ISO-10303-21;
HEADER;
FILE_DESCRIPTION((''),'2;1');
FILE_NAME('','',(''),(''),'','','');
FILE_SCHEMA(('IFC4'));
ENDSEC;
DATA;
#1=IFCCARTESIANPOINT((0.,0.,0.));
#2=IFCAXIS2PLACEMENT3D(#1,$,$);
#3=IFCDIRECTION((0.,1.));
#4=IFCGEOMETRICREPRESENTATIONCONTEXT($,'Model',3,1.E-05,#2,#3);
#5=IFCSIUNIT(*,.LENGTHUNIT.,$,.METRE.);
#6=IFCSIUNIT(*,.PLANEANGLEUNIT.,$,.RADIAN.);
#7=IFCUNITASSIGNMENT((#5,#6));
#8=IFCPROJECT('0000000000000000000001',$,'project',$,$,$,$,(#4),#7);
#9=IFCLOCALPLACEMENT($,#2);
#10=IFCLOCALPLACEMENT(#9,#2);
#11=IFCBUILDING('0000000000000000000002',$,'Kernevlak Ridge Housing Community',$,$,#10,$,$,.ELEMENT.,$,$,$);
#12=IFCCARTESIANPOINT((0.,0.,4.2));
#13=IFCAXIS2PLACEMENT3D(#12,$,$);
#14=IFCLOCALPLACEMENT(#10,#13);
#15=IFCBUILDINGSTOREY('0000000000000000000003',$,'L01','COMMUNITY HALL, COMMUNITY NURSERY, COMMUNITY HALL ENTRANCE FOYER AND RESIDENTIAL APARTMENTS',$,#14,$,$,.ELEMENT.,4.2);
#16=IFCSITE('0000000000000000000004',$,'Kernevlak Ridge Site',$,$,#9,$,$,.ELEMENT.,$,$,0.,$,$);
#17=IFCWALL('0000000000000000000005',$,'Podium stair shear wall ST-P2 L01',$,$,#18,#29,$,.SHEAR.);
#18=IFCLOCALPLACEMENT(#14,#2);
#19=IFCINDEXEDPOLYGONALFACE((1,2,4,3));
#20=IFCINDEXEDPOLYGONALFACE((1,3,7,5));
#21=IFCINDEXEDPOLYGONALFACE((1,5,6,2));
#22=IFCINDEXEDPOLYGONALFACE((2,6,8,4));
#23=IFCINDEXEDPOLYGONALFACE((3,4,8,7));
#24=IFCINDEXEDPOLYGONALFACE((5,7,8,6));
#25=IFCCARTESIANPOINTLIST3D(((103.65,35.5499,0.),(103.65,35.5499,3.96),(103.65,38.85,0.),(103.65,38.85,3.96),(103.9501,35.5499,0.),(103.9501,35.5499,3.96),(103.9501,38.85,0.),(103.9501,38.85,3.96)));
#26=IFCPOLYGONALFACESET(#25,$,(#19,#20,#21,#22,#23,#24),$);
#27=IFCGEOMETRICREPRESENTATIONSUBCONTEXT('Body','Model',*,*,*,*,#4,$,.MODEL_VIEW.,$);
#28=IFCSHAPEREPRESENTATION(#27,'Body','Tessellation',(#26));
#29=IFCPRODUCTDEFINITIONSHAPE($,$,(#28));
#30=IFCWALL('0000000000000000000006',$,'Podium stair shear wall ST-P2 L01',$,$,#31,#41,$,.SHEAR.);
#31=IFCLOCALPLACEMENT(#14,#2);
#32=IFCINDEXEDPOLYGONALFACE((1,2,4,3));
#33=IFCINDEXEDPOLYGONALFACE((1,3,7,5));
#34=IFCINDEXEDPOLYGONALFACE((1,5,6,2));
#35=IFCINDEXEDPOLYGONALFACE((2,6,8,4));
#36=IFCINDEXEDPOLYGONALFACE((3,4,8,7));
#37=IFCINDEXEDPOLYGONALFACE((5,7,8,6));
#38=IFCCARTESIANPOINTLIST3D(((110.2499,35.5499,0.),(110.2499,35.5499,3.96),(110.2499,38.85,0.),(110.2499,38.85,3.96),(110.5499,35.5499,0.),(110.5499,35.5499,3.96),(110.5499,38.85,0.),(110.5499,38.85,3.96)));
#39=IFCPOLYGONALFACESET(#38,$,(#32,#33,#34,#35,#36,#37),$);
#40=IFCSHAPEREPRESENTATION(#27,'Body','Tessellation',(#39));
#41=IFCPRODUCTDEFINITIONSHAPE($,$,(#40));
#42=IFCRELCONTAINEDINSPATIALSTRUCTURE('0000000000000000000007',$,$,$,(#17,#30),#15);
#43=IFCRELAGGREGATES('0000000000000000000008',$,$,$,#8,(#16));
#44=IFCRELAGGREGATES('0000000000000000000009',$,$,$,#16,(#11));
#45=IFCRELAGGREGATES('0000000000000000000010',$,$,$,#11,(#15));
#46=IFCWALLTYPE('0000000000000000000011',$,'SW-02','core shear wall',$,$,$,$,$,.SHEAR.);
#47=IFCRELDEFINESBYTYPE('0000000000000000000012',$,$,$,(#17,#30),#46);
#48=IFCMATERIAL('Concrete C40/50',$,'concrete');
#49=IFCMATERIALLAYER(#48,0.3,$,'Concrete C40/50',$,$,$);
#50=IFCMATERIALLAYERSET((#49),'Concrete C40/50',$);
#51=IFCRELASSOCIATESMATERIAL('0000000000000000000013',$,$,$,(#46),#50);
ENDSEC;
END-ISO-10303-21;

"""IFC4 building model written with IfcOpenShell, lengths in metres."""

from ifc_helpers import new_model, si_unit, direction, frame, frame_2d, origin, place, context, subcontext, project, spatial, rectangle, extrude, material, layer, layer_set, type_object, element, save


model = new_model("IFC4")

# Units and contexts
model_context = context("Model", 3, precision=1e-05, world=origin(), true_north=direction((0.0, 1.0)))
body_context = subcontext(model_context, "Body", "Model", "MODEL_VIEW")
ifc_project = project(units=[si_unit("LENGTHUNIT", "METRE"), si_unit("PLANEANGLEUNIT", "RADIAN")], contexts=[model_context])

# Site, building, storey
site_placement = place(None, origin())
site = spatial("IfcSite", under=ifc_project, at=site_placement, Name="Kernevlak Ridge Site", CompositionType="ELEMENT", RefElevation=0.0)
building_placement = place(site_placement, origin())
building = spatial("IfcBuilding", under=site, at=building_placement, Name="Kernevlak Ridge Housing Community", CompositionType="ELEMENT")
storey_placement = place(building_placement, frame((0.0, 0.0, 4.2)))
storey = spatial("IfcBuildingStorey", under=building, at=storey_placement, Name="L01", Description="COMMUNITY HALL, COMMUNITY NURSERY, COMMUNITY HALL ENTRANCE FOYER AND RESIDENTIAL APARTMENTS", CompositionType="ELEMENT", Elevation=4.2)

# Shared definitions
ifc_material_1 = material(Name="Concrete C40/50", Category="concrete")

# Walls
ifc_layer_1 = layer(ifc_material_1, 0.3, Name="Concrete C40/50")
ifc_layer_set_1 = layer_set([ifc_layer_1], Name="Concrete C40/50")
wall_type_1 = type_object("IfcWallType", Name="SW-02", Description="core shear wall", PredefinedType="SHEAR", material=ifc_layer_set_1)
for number, where, z_axis, x_axis, name in (
    (1, (103.8, 35.55, 0.0), (0.0, 0.0, 1.0), (0.0, 1.0, 0.0), "Podium stair shear wall ST-P2 L01"),
    (2, (110.3999, 35.55, 0.0), (0.0, 0.0, 1.0), (0.0, 1.0, 0.0), "Podium stair shear wall ST-P2 L01"),
):
    element("IfcWall", number, at=place(storey_placement, frame(where, z_axis=z_axis, x_axis=x_axis)), inside=storey, type_object=wall_type_1, Name=name, PredefinedType="SHEAR", context=body_context, shape_type="SweptSolid", body=[
        extrude(rectangle(XDim=3.3, YDim=0.3, at=frame_2d((1.6499, 0.0))), origin(), (0.0, 0.0, 1.0), 3.96),
    ])

save(model, "model.ifc")
